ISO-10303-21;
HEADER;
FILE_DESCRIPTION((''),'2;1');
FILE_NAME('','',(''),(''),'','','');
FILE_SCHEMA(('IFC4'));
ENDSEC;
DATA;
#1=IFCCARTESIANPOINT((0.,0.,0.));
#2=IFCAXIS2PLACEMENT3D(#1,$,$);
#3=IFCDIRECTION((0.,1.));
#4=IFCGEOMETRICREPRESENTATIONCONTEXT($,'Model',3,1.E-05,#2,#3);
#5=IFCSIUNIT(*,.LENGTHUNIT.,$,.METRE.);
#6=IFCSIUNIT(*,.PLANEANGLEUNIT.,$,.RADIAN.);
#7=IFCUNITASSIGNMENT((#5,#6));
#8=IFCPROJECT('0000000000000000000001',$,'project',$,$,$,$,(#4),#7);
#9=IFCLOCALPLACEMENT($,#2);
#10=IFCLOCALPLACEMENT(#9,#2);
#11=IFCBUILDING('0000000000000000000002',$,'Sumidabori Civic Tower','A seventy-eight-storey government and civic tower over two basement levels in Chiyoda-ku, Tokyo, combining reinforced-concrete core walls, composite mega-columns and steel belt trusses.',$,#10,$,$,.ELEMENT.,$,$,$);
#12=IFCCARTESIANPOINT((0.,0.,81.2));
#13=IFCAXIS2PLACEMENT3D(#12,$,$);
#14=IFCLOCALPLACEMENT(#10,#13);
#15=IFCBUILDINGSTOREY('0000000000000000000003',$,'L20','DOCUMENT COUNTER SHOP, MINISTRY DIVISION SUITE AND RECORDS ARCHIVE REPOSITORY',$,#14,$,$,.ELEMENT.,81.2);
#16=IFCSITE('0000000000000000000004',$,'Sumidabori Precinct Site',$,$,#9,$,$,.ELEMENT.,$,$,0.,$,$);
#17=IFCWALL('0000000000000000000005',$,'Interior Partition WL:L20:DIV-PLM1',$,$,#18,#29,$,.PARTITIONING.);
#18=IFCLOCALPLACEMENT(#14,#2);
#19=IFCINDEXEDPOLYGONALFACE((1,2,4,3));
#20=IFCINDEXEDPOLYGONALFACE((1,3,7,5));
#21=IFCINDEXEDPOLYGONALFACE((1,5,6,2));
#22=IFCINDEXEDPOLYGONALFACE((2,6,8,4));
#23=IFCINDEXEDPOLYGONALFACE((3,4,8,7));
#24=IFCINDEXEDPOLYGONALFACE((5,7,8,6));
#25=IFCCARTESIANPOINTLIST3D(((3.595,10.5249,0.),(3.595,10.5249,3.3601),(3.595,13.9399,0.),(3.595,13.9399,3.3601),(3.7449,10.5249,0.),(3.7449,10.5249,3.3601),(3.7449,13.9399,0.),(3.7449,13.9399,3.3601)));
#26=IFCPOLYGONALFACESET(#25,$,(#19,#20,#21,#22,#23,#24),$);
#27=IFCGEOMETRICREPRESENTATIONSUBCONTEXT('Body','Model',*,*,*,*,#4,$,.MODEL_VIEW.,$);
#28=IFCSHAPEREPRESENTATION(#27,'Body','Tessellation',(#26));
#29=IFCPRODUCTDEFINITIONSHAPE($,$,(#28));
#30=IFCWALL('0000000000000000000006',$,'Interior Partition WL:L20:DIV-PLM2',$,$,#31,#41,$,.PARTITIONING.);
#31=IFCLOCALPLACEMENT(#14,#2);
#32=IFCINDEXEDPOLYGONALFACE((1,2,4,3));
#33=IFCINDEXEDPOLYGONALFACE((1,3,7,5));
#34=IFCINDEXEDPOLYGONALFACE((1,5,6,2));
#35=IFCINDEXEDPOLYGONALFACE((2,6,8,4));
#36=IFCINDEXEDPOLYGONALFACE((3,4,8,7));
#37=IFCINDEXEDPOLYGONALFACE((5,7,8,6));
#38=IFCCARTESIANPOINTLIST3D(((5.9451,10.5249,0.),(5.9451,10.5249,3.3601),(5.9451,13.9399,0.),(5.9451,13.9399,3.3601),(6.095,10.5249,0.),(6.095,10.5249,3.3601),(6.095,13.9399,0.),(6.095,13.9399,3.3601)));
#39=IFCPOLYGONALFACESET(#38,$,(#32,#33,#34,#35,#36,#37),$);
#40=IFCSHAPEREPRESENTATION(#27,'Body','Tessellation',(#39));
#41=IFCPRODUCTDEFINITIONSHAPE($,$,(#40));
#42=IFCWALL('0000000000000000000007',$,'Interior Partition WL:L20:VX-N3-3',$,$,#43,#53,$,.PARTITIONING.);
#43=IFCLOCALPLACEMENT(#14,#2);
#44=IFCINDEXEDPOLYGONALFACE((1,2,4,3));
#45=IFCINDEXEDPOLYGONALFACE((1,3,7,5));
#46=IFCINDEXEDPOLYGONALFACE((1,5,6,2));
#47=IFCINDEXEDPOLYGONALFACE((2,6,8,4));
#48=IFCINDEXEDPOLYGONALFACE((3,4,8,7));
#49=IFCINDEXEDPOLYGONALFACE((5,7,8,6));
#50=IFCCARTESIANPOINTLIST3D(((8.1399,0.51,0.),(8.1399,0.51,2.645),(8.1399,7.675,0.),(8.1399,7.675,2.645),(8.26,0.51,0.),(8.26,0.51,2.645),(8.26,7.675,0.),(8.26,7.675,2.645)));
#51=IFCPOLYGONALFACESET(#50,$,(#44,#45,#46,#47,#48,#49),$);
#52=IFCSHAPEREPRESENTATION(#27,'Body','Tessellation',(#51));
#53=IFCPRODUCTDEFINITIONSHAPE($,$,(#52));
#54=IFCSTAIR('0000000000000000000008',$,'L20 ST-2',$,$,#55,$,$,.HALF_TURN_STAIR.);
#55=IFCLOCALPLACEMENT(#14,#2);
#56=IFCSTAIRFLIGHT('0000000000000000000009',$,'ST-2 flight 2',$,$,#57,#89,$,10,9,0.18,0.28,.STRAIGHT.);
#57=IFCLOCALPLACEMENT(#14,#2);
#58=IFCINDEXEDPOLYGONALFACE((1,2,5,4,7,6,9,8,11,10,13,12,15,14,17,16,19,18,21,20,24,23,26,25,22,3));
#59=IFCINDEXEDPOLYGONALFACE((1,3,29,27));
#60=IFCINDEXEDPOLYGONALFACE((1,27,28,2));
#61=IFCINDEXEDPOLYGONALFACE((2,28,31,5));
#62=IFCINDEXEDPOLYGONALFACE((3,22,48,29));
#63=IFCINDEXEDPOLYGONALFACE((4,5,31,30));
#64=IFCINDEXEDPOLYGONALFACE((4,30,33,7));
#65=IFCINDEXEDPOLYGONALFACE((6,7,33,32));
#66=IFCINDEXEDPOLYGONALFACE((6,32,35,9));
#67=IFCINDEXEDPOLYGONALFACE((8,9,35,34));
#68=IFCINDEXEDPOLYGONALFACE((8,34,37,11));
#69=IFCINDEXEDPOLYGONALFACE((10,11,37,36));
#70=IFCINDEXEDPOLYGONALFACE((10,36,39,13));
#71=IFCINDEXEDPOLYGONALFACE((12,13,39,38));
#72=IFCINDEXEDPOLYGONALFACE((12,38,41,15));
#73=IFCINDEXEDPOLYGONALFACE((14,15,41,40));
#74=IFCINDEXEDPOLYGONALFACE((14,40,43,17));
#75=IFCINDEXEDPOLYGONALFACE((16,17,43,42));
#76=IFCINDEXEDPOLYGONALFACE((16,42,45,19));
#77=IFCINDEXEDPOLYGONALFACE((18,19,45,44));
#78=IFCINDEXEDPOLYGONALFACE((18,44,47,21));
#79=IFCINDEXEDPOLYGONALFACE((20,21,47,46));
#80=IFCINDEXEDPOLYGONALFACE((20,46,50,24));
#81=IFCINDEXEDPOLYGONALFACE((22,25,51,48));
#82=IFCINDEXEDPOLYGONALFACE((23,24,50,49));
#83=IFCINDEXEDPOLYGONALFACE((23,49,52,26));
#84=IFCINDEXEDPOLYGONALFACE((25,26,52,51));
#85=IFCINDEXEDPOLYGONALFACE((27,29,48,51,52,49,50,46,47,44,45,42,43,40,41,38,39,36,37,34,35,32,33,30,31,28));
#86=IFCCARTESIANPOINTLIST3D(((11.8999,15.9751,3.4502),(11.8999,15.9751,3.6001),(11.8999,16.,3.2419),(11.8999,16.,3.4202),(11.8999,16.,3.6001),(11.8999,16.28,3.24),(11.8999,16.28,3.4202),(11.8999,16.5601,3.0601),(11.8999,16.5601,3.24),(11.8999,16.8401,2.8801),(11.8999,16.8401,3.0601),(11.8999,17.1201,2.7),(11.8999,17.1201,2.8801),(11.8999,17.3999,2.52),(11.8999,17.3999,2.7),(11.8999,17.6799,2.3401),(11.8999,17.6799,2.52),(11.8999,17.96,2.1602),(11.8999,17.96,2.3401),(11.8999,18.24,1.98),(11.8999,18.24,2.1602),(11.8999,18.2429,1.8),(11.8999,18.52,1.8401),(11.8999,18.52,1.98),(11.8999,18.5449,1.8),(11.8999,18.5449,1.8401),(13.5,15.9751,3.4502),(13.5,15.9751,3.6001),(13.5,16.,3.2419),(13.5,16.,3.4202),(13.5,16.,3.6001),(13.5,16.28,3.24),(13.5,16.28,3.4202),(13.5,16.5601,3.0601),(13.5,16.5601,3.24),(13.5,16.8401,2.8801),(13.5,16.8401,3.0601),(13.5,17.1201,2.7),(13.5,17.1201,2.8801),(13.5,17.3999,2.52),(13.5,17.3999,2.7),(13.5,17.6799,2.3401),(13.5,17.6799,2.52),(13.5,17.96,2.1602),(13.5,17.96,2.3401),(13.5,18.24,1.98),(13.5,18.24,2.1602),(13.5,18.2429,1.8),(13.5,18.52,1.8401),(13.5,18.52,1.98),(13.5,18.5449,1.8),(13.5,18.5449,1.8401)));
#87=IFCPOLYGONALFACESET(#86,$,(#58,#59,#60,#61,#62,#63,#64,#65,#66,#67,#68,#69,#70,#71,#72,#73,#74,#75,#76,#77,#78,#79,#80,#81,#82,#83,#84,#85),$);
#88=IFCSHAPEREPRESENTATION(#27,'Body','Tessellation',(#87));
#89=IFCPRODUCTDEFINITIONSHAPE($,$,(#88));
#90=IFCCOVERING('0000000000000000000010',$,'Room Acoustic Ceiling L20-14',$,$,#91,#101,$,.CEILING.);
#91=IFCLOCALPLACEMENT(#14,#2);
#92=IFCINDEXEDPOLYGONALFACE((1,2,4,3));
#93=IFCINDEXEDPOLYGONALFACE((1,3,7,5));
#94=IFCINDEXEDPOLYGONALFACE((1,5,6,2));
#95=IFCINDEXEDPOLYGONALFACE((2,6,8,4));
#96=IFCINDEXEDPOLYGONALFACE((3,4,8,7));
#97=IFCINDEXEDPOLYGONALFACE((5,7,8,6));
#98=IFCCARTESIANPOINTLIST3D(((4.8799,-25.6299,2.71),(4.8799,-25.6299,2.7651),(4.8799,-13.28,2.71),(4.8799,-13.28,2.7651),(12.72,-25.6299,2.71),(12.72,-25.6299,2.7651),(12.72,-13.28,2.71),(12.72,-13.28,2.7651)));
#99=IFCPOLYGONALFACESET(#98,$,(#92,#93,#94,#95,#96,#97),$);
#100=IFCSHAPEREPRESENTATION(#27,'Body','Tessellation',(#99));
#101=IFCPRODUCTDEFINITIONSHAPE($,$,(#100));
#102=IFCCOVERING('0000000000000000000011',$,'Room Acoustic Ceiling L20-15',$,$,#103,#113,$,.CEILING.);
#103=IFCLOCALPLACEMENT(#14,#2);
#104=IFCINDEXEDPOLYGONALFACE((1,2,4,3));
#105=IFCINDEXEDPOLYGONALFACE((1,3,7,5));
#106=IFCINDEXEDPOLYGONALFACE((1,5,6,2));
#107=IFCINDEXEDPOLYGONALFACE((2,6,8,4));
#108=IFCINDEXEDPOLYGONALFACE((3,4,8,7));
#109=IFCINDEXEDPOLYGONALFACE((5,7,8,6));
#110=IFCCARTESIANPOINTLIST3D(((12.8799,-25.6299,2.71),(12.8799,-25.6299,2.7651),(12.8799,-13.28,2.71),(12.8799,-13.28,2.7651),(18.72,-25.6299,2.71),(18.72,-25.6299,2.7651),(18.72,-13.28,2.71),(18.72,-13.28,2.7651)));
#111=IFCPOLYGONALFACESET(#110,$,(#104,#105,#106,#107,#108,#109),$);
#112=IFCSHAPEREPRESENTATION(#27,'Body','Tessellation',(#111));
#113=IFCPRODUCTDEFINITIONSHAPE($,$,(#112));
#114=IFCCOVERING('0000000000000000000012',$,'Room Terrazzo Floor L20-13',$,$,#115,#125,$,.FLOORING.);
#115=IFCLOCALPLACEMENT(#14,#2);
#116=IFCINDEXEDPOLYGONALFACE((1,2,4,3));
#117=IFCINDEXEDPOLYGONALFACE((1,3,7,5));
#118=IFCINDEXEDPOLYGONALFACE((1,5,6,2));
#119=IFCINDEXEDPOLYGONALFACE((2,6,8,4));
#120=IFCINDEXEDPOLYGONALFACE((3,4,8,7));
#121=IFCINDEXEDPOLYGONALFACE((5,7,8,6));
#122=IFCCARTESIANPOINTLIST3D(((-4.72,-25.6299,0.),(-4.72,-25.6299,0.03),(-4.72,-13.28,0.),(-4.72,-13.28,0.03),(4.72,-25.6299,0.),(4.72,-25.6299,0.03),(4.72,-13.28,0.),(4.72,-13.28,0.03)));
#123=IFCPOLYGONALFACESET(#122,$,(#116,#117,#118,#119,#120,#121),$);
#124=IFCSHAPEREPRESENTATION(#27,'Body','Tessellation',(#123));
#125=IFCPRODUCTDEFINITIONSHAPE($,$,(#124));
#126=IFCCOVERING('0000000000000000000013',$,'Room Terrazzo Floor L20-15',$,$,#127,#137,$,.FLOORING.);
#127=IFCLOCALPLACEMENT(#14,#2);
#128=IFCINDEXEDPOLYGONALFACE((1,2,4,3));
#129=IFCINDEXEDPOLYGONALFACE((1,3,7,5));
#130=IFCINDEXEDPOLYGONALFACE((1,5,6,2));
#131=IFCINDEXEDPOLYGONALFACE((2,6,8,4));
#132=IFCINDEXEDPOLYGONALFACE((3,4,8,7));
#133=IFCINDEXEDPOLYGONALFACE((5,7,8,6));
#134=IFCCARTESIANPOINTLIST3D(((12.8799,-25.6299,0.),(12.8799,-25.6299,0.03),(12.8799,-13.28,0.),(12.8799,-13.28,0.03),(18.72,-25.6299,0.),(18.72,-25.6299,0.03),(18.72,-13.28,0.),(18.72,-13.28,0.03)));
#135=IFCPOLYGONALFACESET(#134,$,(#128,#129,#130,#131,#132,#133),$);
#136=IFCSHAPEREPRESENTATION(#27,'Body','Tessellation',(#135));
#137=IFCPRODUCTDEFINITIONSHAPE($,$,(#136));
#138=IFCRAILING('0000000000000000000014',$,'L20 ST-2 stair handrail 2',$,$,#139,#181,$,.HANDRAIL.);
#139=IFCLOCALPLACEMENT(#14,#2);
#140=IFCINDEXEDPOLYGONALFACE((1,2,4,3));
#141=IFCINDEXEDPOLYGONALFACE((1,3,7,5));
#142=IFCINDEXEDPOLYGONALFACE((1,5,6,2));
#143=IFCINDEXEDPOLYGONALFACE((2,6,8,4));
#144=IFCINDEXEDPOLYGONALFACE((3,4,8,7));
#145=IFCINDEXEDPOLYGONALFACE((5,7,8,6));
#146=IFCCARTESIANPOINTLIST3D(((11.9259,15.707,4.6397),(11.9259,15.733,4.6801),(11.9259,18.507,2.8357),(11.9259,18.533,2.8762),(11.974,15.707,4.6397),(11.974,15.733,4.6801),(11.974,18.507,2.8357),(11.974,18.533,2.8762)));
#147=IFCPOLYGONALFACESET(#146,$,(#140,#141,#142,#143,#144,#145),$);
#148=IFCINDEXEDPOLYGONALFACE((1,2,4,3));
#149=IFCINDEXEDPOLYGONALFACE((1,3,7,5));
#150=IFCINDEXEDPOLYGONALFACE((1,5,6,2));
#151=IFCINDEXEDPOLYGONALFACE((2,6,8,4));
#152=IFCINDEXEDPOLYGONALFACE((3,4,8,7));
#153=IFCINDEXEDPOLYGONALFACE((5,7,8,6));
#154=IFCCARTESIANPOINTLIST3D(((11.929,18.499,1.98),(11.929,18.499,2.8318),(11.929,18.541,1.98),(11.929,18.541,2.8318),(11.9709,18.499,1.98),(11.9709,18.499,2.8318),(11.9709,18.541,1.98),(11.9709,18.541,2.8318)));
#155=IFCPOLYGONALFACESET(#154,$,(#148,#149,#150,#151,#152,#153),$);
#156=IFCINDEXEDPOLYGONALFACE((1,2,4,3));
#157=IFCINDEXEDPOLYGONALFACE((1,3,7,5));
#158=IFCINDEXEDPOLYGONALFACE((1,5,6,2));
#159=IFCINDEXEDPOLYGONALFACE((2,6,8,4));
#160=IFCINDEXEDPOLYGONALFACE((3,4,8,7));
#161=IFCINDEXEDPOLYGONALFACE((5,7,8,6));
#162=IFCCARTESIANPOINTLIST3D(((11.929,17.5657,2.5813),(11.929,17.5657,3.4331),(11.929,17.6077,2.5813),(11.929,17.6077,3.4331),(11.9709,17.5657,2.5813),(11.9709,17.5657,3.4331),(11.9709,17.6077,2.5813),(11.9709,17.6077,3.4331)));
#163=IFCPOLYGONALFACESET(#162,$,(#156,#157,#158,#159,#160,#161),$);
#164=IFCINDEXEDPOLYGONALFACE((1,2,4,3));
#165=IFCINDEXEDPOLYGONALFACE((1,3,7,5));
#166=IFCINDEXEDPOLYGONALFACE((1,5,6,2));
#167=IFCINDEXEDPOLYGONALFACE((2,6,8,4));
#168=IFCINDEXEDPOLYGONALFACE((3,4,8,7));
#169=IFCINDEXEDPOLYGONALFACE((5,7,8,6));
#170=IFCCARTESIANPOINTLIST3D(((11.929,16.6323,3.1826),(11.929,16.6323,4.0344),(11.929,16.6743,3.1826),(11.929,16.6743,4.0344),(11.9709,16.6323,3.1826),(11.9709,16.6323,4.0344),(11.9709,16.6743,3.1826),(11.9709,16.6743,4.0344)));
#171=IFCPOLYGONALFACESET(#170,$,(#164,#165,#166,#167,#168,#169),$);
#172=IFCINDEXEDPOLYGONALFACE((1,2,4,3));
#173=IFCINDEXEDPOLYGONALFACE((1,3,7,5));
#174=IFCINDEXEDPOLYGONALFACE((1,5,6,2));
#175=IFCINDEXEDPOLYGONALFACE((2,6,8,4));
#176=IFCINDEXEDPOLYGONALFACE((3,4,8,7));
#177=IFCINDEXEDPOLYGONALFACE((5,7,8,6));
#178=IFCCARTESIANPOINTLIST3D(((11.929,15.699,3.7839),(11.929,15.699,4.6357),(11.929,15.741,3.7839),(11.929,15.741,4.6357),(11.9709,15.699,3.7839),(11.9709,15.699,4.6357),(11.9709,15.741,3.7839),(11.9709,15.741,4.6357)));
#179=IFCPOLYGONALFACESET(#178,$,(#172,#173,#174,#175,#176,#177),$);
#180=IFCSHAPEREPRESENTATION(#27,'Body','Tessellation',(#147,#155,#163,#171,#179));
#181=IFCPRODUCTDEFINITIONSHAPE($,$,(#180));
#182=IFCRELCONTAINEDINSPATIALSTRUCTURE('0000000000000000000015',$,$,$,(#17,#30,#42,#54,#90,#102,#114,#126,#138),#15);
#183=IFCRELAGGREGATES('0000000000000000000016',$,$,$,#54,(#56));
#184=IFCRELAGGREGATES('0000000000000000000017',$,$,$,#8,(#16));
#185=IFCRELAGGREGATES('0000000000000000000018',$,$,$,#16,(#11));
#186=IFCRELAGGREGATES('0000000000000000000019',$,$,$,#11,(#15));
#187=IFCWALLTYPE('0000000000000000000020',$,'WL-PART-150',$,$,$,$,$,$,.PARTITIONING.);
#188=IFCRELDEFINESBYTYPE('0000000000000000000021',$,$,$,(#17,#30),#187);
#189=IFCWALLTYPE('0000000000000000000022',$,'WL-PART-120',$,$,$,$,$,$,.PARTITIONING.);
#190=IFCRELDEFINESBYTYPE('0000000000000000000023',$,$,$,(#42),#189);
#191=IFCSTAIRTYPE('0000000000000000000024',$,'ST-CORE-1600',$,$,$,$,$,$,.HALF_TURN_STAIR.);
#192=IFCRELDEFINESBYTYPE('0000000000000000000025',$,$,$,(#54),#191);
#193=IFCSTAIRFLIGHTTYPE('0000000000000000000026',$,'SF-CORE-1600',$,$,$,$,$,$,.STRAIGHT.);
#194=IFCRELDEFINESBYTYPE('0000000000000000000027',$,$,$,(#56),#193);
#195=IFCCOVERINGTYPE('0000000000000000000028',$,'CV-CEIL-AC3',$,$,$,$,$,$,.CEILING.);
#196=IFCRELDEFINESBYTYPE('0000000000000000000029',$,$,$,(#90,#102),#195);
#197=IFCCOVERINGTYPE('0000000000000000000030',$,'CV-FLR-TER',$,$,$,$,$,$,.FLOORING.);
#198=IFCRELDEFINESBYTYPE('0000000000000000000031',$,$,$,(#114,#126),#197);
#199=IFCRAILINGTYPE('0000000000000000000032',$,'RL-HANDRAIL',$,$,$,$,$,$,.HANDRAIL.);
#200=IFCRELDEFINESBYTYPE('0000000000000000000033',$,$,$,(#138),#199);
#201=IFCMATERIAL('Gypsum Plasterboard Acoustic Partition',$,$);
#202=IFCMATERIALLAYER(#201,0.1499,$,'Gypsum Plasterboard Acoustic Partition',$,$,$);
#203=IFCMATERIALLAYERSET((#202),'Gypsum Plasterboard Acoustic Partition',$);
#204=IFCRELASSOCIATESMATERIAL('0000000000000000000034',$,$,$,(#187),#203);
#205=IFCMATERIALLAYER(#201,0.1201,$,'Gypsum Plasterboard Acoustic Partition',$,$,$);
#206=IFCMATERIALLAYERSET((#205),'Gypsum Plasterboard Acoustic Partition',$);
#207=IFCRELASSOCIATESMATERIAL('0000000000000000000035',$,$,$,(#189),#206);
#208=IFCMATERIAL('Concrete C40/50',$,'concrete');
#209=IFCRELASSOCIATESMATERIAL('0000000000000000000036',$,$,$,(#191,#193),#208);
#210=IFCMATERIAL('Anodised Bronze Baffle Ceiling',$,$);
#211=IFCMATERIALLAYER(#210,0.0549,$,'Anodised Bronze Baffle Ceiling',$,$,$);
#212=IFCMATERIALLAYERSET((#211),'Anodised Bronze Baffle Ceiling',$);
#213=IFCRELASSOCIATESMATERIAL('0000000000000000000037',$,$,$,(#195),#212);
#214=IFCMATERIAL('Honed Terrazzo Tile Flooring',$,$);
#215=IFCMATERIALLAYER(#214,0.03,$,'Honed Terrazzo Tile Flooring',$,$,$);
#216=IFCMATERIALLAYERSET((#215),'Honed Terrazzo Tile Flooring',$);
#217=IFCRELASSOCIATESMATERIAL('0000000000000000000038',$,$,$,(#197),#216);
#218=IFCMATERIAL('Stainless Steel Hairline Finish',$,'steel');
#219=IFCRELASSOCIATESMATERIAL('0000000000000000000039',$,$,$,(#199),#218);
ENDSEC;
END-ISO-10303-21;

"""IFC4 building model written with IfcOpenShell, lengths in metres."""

from ifc_helpers import new_model, si_unit, direction, frame, frame_2d, origin, origin_2d, place, context, subcontext, project, spatial, polyline, rectangle, outline, extrude, source, transform, mapped, material, layer, layer_set, type_object, element, aggregate, save


model = new_model("IFC4")

# Units and contexts
model_context = context("Model", 3, precision=1e-05, world=origin(), true_north=direction((0.0, 1.0)))
body_context = subcontext(model_context, "Body", "Model", "MODEL_VIEW")
ifc_project = project(units=[si_unit("LENGTHUNIT", "METRE"), si_unit("PLANEANGLEUNIT", "RADIAN")], contexts=[model_context])

# Site, building, storey
site_placement = place(None, origin())
site = spatial("IfcSite", under=ifc_project, at=site_placement, Name="Sumidabori Precinct Site", CompositionType="ELEMENT", RefElevation=0.0)
building_placement = place(site_placement, origin())
building = spatial("IfcBuilding", under=site, at=building_placement, Name="Sumidabori Civic Tower", Description="A seventy-eight-storey government and civic tower over two basement levels in Chiyoda-ku, Tokyo, combining reinforced-concrete core walls, composite mega-columns and steel belt trusses.", CompositionType="ELEMENT")
storey_placement = place(building_placement, frame((0.0, 0.0, 81.2)))
storey = spatial("IfcBuildingStorey", under=building, at=storey_placement, Name="L20", Description="DOCUMENT COUNTER SHOP, MINISTRY DIVISION SUITE AND RECORDS ARCHIVE REPOSITORY", CompositionType="ELEMENT", Elevation=81.2)

# Shared definitions
ifc_material_1 = material(Name="Stainless Steel Hairline Finish", Category="steel")

# Shared definitions
ifc_material_2 = material(Name="Gypsum Plasterboard Acoustic Partition")
ifc_layer_1 = layer(ifc_material_2, 0.1499, Name="Gypsum Plasterboard Acoustic Partition")
ifc_layer_set_1 = layer_set([ifc_layer_1], Name="Gypsum Plasterboard Acoustic Partition")
wall_type_1 = type_object("IfcWallType", Name="WL-PART-150", PredefinedType="PARTITIONING", material=ifc_layer_set_1)

# Walls
shared_shape_1 = source(origin(), body_context, "Body", "SweptSolid", [
    extrude(rectangle(XDim=3.415, YDim=0.1499, at=frame_2d((1.7075, 0.0))), origin(), (0.0, 0.0, 1.0), 3.3601),
])
for number, where, z_axis, x_axis, name in (
    (1, (3.6699, 10.5249, 0.0), (0.0, 0.0, 1.0), (0.0, 1.0, 0.0), "Interior Partition WL:L20:DIV-PLM1"),
    (2, (6.02, 10.5249, 0.0), (0.0, 0.0, 1.0), (0.0, 1.0, 0.0), "Interior Partition WL:L20:DIV-PLM2"),
):
    element("IfcWall", number, at=place(storey_placement, frame(where, z_axis=z_axis, x_axis=x_axis)), inside=storey, type_object=wall_type_1, Name=name, PredefinedType="PARTITIONING", context=body_context, shape_type="MappedRepresentation", body=[
        mapped(shared_shape_1, transform((0.0, 0.0, 0.0), x_axis=(1.0, 0.0, 0.0), y_axis=(0.0, 1.0, 0.0), z_axis=(0.0, 0.0, 1.0), scale=1.0)),
    ])
ifc_layer_2 = layer(ifc_material_2, 0.1201, Name="Gypsum Plasterboard Acoustic Partition")
ifc_layer_set_2 = layer_set([ifc_layer_2], Name="Gypsum Plasterboard Acoustic Partition")
wall_type_2 = type_object("IfcWallType", Name="WL-PART-120", PredefinedType="PARTITIONING", material=ifc_layer_set_2)
shared_shape_2 = source(origin(), body_context, "Body", "SweptSolid", [
    extrude(rectangle(XDim=7.165, YDim=0.1201, at=frame_2d((3.5825, 0.0))), origin(), (0.0, 0.0, 1.0), 2.645),
])
wall_1_placement = place(storey_placement, frame((8.2, 0.51, 0.0), z_axis=(0.0, 0.0, 1.0), x_axis=(0.0, 1.0, 0.0)))
element("IfcWall", 3, at=wall_1_placement, inside=storey, type_object=wall_type_2, Name="Interior Partition WL:L20:VX-N3-3", PredefinedType="PARTITIONING", context=body_context, shape_type="MappedRepresentation", body=[
    mapped(shared_shape_2, transform((0.0, 0.0, 0.0), x_axis=(1.0, 0.0, 0.0), y_axis=(0.0, 1.0, 0.0), z_axis=(0.0, 0.0, 1.0), scale=1.0)),
])

# Stair, stair flight
ifc_material_3 = material(Name="Concrete C40/50", Category="concrete")
stair_type = type_object("IfcStairType", Name="ST-CORE-1600", PredefinedType="HALF_TURN_STAIR", material=ifc_material_3)
stair_placement = place(storey_placement, origin())
stair = element("IfcStair", 4, at=stair_placement, inside=storey, type_object=stair_type, Name="L20 ST-2", PredefinedType="HALF_TURN_STAIR")
stair_flight_type = type_object("IfcStairFlightType", Name="SF-CORE-1600", PredefinedType="STRAIGHT", material=ifc_material_3)
shared_shape_3 = source(origin(), body_context, "Body", "SweptSolid", [
    extrude(outline(polyline([(-0.0249, 0.0), (-0.0249, 0.04), (0.0, 0.04), (0.0, 0.1799), (0.28, 0.1799), (0.28, 0.3601), (0.5601, 0.3601), (0.5601, 0.54), (0.8401, 0.54), (0.8401, 0.72), (1.1201, 0.72), (1.1201, 0.8999), (1.3999, 0.8999), (1.3999, 1.0801), (1.6799, 1.0801), (1.6799, 1.26), (1.96, 1.26), (1.96, 1.4399), (2.24, 1.4399), (2.24, 1.6201), (2.52, 1.6201), (2.52, 1.8), (2.5449, 1.8), (2.5449, 1.6501), (2.52, 1.4419), (0.2771, 0.0), (-0.0249, 0.0)])), frame((0.0, 0.8, 0.0), z_axis=(0.0, -1.0, 0.0), x_axis=(1.0, 0.0, 0.0)), (0.0, 0.0, 1.0), 1.6001),
])
stair_flight_placement = place(storey_placement, frame((12.7, 18.52, 1.8), z_axis=(0.0, 0.0, 1.0), x_axis=(0.0, -1.0, 0.0)))
stair_flight = element("IfcStairFlight", 5, at=stair_flight_placement, type_object=stair_flight_type, Name="ST-2 flight 2", NumberOfRisers=10, NumberOfTreads=9, PredefinedType="STRAIGHT", RiserHeight=0.18, TreadLength=0.28, context=body_context, shape_type="MappedRepresentation", body=[
    mapped(shared_shape_3, transform((0.0, 0.0, 0.0), x_axis=(1.0, 0.0, 0.0), y_axis=(0.0, 1.0, 0.0), z_axis=(0.0, 0.0, 1.0), scale=1.0)),
])
aggregate(stair, [stair_flight])

# Coverings
ifc_material_4 = material(Name="Anodised Bronze Baffle Ceiling")
ifc_layer_3 = layer(ifc_material_4, 0.0549, Name="Anodised Bronze Baffle Ceiling")
ifc_layer_set_3 = layer_set([ifc_layer_3], Name="Anodised Bronze Baffle Ceiling")
covering_type_1 = type_object("IfcCoveringType", Name="CV-CEIL-AC3", PredefinedType="CEILING", material=ifc_layer_set_3)
covering_1_placement = place(storey_placement, frame((0.0, 0.0, 2.71)))
element("IfcCovering", 6, at=covering_1_placement, inside=storey, type_object=covering_type_1, Name="Room Acoustic Ceiling L20-14", PredefinedType="CEILING", context=body_context, shape_type="SweptSolid", body=[
    extrude(outline(polyline([(4.8799, -13.28), (12.72, -13.28), (12.72, -25.6299), (4.8799, -25.6299), (4.8799, -13.28)])), origin(), (0.0, 0.0, 1.0), 0.0552),
])
covering_2_placement = place(storey_placement, frame((0.0, 0.0, 2.71)))
element("IfcCovering", 7, at=covering_2_placement, inside=storey, type_object=covering_type_1, Name="Room Acoustic Ceiling L20-15", PredefinedType="CEILING", context=body_context, shape_type="SweptSolid", body=[
    extrude(outline(polyline([(12.8799, -13.28), (18.72, -13.28), (18.72, -25.6299), (12.8799, -25.6299), (12.8799, -13.28)])), origin(), (0.0, 0.0, 1.0), 0.0552),
])
ifc_material_5 = material(Name="Honed Terrazzo Tile Flooring")
ifc_layer_4 = layer(ifc_material_5, 0.03, Name="Honed Terrazzo Tile Flooring")
ifc_layer_set_4 = layer_set([ifc_layer_4], Name="Honed Terrazzo Tile Flooring")
covering_type_2 = type_object("IfcCoveringType", Name="CV-FLR-TER", PredefinedType="FLOORING", material=ifc_layer_set_4)
covering_3_placement = place(storey_placement, origin())
element("IfcCovering", 8, at=covering_3_placement, inside=storey, type_object=covering_type_2, Name="Room Terrazzo Floor L20-13", PredefinedType="FLOORING", context=body_context, shape_type="SweptSolid", body=[
    extrude(outline(polyline([(-4.72, -13.28), (4.72, -13.28), (4.72, -25.6299), (-4.72, -25.6299), (-4.72, -13.28)])), origin(), (0.0, 0.0, 1.0), 0.03),
])
covering_4_placement = place(storey_placement, origin())
element("IfcCovering", 9, at=covering_4_placement, inside=storey, type_object=covering_type_2, Name="Room Terrazzo Floor L20-15", PredefinedType="FLOORING", context=body_context, shape_type="SweptSolid", body=[
    extrude(outline(polyline([(12.8799, -13.28), (18.72, -13.28), (18.72, -25.6299), (12.8799, -25.6299), (12.8799, -13.28)])), origin(), (0.0, 0.0, 1.0), 0.03),
])

# Railing
railing_type = type_object("IfcRailingType", Name="RL-HANDRAIL", PredefinedType="HANDRAIL", material=ifc_material_1)
railing_placement = place(storey_placement, frame((11.95, 18.52, 1.98)))
element("IfcRailing", 10, at=railing_placement, inside=storey, type_object=railing_type, Name="L20 ST-2 stair handrail 2", PredefinedType="HANDRAIL", context=body_context, shape_type="SweptSolid", body=[
    extrude(rectangle(XDim=0.0481, YDim=0.0481, at=origin_2d()), frame((0.0, 0.0, 0.876), z_axis=(0.0, -0.840642, 0.541591), x_axis=(1.0, 0.0, 0.0)), (0.0, 0.0, 1.0), 3.3308),
    extrude(rectangle(XDim=0.042, YDim=0.042, at=origin_2d()), origin(), (0.0, 0.0, 1.0), 0.8518),
    extrude(rectangle(XDim=0.042, YDim=0.042, at=origin_2d()), frame((0.0, -0.9333, 0.6013)), (0.0, 0.0, 1.0), 0.8518),
    extrude(rectangle(XDim=0.042, YDim=0.042, at=origin_2d()), frame((0.0, -1.8667, 1.2026)), (0.0, 0.0, 1.0), 0.8518),
    extrude(rectangle(XDim=0.042, YDim=0.042, at=origin_2d()), frame((0.0, -2.8, 1.804)), (0.0, 0.0, 1.0), 0.8518),
])

save(model, "model.ifc")
